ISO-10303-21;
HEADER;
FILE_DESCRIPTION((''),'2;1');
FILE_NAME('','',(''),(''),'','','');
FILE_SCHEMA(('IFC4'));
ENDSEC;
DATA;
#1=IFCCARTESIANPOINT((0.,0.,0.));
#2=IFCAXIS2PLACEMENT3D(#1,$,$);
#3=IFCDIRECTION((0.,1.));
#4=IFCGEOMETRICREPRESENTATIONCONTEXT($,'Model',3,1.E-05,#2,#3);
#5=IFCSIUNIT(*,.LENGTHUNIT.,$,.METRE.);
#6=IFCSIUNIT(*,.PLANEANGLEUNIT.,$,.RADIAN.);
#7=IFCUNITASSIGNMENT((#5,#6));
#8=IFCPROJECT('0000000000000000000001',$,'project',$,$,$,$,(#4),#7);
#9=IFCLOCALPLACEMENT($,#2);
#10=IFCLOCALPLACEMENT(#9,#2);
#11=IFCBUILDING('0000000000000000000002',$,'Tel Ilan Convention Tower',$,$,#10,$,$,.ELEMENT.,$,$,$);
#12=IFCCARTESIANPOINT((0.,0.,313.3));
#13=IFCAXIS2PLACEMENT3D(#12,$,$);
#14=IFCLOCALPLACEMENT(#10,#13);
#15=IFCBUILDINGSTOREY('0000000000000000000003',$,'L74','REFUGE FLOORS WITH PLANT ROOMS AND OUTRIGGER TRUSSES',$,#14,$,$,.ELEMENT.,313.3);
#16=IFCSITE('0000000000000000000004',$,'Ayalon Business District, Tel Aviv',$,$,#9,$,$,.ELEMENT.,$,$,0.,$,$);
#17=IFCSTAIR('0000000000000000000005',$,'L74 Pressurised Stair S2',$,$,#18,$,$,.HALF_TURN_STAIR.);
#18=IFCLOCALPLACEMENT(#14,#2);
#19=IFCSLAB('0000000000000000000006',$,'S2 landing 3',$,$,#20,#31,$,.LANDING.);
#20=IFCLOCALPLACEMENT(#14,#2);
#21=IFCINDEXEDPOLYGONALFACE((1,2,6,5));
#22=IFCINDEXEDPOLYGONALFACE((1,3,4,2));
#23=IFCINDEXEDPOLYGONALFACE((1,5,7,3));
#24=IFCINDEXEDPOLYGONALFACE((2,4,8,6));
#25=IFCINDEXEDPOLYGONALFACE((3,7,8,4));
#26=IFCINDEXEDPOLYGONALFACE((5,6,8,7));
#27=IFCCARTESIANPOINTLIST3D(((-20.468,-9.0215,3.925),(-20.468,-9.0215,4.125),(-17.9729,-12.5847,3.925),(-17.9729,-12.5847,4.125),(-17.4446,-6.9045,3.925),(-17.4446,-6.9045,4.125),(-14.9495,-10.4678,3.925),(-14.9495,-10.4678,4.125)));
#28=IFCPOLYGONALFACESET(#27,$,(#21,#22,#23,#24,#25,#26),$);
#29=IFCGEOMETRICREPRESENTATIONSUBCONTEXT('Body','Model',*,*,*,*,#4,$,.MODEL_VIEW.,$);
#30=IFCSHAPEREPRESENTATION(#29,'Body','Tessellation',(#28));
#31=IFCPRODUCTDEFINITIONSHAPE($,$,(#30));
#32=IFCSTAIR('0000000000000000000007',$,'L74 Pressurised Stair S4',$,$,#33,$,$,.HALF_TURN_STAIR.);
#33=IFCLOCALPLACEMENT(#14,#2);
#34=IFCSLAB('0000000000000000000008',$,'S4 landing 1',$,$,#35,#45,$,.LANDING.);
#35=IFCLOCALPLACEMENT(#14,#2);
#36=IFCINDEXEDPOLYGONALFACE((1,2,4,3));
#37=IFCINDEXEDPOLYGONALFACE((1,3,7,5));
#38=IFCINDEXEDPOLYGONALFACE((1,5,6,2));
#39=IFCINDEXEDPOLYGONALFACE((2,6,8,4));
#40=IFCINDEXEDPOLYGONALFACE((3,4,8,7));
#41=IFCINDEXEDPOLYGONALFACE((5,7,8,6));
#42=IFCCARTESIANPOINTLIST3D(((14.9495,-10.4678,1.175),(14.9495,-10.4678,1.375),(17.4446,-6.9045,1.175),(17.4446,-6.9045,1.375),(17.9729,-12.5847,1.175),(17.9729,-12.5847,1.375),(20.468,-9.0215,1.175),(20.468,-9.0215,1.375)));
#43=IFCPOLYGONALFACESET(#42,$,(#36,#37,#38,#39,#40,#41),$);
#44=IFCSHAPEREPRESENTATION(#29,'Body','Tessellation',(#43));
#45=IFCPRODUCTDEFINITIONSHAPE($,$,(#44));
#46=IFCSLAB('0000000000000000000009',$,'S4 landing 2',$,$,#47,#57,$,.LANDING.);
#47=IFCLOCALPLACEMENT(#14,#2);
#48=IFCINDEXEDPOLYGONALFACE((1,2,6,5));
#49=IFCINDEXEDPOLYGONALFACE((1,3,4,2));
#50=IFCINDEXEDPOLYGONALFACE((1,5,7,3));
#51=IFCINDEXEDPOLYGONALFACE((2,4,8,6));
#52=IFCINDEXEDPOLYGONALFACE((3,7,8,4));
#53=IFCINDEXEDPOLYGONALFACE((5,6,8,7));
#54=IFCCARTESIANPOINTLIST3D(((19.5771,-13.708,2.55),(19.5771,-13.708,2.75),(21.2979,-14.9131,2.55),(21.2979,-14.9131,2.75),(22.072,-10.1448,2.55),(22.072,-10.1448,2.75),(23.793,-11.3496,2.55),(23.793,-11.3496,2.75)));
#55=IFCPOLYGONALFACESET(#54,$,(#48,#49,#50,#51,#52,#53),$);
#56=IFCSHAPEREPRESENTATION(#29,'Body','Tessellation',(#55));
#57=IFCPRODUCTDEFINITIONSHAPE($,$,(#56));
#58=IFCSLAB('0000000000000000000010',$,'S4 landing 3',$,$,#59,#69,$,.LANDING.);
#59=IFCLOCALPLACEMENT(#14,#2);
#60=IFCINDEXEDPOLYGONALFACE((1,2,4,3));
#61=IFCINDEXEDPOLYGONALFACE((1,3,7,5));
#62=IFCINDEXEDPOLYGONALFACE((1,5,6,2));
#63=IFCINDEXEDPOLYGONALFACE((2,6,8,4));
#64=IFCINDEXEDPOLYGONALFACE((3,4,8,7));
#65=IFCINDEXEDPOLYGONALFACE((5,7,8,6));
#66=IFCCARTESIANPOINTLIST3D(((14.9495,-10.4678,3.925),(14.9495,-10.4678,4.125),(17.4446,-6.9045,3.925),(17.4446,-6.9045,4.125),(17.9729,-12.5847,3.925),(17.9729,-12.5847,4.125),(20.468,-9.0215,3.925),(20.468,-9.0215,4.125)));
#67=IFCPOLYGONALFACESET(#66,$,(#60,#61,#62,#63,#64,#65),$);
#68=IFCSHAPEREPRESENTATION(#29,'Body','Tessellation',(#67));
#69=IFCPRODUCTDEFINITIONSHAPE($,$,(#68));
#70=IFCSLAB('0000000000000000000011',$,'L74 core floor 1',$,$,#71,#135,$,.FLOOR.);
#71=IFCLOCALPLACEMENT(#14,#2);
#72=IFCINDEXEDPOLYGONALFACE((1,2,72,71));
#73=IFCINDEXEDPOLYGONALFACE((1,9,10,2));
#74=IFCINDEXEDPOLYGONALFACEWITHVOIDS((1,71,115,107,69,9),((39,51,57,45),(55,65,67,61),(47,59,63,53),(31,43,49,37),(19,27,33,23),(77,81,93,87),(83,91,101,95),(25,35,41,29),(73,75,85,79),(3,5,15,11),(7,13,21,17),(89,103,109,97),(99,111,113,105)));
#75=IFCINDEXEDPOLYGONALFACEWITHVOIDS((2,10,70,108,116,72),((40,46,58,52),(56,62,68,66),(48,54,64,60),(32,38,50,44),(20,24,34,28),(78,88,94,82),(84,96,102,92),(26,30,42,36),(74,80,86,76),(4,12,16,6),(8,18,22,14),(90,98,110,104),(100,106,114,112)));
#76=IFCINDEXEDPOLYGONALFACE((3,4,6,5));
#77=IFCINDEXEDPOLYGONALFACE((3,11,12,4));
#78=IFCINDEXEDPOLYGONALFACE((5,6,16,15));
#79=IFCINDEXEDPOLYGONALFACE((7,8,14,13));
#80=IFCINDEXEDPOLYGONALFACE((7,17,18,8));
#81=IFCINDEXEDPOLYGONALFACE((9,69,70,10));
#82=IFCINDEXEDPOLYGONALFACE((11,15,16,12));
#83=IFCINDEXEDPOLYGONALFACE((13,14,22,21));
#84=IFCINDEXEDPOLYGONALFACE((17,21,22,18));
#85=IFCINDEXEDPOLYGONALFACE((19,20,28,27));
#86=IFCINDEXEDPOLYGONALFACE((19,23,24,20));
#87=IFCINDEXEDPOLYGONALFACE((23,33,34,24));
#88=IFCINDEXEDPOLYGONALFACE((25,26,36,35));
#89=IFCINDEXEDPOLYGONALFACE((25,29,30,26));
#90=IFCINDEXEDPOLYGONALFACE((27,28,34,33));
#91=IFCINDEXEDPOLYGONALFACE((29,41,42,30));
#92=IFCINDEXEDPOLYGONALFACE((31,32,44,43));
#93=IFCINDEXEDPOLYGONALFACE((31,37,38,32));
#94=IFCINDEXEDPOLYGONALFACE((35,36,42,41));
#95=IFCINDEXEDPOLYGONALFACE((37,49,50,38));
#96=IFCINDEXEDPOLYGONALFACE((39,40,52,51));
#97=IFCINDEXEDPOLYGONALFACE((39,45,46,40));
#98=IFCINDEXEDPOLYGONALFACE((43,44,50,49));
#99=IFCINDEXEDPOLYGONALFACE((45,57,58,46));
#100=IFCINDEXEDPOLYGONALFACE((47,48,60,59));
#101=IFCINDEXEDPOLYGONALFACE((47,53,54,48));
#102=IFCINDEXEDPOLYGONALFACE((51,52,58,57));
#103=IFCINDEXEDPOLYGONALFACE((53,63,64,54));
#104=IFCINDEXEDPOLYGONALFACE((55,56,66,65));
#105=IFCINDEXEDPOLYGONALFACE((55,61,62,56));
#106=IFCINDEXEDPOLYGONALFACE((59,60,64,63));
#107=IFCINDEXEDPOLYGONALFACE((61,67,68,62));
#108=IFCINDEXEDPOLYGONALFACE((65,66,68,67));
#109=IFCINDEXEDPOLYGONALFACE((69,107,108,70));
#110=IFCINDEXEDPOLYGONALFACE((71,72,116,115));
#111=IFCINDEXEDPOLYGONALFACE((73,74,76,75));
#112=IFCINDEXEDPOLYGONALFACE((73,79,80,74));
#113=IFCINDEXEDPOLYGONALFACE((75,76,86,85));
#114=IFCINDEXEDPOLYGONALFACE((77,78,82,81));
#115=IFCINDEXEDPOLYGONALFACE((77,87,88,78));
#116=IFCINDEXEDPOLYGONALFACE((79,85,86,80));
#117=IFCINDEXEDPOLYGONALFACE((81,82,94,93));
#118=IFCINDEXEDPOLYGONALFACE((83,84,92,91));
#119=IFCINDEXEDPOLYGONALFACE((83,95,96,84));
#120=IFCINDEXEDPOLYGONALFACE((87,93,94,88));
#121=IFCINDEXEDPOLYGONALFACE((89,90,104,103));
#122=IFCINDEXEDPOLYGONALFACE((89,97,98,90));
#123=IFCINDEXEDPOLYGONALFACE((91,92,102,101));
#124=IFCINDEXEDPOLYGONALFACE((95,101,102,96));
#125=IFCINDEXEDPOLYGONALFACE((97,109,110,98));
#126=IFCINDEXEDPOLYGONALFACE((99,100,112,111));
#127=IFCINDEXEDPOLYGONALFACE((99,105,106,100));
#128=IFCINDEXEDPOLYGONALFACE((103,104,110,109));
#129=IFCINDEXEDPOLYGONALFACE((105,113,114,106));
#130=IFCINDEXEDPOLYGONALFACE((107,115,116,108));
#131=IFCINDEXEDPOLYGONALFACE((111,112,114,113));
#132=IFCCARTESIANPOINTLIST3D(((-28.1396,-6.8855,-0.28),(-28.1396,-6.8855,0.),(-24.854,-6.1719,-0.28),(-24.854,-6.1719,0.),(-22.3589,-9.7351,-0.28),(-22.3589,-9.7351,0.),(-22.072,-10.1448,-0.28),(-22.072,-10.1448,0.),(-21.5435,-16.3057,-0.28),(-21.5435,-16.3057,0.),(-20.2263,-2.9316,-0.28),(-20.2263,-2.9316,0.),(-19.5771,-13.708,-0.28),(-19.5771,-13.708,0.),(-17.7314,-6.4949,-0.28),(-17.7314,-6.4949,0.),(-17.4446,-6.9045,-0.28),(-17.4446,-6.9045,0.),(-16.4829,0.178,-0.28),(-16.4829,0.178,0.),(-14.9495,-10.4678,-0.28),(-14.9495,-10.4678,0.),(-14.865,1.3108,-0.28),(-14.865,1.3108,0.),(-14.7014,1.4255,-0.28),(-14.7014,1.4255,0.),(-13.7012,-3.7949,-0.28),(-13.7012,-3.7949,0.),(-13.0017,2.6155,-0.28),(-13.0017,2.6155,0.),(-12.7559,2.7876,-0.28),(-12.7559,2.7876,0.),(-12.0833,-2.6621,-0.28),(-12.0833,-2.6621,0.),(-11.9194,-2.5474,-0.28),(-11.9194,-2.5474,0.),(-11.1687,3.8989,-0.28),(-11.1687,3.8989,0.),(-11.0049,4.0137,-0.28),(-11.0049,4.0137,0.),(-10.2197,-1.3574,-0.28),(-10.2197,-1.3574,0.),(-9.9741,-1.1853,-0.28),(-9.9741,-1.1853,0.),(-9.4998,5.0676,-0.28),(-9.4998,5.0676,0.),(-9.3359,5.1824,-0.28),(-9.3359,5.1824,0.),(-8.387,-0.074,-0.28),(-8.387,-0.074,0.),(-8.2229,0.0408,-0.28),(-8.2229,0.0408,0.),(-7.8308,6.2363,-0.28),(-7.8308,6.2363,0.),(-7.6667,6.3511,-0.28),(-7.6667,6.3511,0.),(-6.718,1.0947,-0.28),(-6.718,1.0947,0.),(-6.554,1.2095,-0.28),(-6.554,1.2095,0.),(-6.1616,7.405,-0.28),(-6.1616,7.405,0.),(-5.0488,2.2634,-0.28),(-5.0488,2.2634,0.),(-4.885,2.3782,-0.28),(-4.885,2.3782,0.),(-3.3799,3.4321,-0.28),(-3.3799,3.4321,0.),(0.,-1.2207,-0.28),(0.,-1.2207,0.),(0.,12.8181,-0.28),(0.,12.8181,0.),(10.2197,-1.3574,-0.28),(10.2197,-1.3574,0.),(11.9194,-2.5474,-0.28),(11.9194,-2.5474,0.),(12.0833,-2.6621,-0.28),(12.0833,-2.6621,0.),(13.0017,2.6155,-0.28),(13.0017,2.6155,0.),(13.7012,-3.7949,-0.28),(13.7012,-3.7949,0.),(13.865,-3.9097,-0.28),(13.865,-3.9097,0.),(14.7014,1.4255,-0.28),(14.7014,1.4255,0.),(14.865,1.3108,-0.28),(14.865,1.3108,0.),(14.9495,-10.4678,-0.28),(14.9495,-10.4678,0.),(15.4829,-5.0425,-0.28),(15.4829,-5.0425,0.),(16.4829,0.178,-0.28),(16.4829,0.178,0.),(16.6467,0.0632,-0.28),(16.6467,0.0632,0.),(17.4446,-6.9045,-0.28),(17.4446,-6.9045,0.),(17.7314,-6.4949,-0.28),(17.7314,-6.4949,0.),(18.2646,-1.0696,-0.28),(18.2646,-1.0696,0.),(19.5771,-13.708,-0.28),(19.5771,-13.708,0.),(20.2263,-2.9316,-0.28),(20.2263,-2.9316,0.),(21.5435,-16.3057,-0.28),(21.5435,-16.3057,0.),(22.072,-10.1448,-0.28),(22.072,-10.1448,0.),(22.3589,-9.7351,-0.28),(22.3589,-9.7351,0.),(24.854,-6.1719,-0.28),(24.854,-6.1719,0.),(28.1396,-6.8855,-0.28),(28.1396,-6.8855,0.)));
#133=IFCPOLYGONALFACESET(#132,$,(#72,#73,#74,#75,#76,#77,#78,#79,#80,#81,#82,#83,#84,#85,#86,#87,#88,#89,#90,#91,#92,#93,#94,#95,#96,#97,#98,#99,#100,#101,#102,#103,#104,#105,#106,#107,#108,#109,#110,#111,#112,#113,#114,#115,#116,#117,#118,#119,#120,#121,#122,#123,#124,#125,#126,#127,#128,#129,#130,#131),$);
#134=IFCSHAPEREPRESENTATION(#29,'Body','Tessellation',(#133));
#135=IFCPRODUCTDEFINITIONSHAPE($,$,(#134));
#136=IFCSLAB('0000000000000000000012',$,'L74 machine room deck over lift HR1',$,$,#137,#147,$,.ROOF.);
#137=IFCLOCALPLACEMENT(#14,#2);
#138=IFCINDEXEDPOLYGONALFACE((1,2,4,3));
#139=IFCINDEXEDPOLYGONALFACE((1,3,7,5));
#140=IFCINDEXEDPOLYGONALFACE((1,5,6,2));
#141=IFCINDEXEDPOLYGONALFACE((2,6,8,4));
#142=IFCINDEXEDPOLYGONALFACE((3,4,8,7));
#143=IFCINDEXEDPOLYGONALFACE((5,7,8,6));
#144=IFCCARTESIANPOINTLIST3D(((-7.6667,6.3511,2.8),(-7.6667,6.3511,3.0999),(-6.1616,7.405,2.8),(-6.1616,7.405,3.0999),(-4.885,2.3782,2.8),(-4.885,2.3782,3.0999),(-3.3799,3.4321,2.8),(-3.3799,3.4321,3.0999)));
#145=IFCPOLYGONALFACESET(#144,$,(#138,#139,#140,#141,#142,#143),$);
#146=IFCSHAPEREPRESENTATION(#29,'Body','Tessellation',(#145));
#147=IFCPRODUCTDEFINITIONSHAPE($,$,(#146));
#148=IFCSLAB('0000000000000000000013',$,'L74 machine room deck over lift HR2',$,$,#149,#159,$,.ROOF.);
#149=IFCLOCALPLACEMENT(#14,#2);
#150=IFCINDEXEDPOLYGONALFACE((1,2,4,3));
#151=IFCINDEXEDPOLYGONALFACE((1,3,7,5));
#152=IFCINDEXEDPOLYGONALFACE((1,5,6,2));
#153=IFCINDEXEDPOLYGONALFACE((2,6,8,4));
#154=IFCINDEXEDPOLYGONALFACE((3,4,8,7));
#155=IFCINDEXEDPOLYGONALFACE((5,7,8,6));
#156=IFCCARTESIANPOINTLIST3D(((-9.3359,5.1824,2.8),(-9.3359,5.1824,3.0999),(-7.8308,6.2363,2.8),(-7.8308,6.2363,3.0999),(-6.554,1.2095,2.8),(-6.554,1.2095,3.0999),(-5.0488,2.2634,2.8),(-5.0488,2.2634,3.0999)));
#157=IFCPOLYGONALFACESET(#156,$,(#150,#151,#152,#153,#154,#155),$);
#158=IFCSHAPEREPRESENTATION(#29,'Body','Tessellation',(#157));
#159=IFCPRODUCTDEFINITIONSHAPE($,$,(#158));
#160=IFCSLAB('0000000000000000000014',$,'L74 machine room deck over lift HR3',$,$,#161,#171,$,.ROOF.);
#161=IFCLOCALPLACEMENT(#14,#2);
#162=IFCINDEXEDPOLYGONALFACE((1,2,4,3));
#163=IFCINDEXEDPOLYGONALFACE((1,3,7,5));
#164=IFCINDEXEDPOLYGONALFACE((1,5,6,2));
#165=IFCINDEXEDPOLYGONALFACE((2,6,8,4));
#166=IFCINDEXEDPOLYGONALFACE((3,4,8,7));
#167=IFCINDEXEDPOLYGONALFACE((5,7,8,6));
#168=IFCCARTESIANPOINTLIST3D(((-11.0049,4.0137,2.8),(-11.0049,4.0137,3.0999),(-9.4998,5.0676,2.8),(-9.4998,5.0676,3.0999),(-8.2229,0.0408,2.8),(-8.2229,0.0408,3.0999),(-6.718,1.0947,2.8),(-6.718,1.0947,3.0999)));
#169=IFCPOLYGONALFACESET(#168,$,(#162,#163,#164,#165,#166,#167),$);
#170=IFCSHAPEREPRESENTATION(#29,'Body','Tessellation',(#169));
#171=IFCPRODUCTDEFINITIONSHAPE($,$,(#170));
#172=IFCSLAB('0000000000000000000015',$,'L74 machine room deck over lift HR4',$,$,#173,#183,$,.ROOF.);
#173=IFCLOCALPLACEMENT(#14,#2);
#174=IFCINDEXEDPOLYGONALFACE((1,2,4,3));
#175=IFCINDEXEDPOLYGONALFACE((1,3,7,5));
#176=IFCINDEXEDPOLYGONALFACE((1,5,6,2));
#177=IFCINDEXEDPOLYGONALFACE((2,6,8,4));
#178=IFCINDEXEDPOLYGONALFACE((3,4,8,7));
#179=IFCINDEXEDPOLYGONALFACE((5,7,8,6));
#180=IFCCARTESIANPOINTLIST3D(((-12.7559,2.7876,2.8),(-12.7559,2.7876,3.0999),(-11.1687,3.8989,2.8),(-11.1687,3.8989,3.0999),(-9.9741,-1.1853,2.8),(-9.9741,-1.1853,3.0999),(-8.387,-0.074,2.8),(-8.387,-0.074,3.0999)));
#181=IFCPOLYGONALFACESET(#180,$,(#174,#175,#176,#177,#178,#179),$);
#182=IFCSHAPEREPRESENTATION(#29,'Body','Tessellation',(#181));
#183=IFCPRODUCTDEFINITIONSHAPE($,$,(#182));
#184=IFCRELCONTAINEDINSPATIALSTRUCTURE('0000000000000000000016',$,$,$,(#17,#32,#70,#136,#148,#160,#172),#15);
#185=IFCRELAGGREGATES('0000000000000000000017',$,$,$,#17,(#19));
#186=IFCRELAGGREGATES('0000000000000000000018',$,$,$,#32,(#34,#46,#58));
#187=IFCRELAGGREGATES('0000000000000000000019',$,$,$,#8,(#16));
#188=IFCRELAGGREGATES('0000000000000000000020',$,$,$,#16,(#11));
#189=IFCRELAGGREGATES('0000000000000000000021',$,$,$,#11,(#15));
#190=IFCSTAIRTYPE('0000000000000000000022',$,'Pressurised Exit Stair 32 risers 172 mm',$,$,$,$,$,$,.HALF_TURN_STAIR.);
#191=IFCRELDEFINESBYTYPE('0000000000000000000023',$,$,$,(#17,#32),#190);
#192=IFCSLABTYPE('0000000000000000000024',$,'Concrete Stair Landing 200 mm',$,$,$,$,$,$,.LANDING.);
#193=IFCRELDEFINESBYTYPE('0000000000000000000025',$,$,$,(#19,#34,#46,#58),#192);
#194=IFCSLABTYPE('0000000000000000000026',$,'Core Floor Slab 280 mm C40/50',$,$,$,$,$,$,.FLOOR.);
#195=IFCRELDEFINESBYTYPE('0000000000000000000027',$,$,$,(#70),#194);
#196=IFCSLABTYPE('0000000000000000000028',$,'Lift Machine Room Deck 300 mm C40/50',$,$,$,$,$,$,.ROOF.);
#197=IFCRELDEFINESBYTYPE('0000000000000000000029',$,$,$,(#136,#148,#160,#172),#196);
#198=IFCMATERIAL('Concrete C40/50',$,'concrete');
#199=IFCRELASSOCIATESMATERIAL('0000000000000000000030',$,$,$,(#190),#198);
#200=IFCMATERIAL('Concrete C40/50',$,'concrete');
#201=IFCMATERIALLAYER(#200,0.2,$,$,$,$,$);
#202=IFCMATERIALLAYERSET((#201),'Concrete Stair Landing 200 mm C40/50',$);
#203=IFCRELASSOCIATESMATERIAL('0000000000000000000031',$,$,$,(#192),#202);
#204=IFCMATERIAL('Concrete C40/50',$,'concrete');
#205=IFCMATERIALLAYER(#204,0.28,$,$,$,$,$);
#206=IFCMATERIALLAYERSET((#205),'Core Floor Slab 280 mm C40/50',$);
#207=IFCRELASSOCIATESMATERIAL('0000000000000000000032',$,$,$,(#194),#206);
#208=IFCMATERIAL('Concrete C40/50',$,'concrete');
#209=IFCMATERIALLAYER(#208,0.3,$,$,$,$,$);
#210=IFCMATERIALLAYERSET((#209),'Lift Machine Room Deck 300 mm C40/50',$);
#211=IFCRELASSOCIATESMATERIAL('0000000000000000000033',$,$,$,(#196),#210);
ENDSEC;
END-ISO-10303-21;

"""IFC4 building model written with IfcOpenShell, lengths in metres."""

from ifc_helpers import new_model, si_unit, direction, frame, origin, place, context, subcontext, project, spatial, polyline, outline, extrude, material, layer, layer_set, type_object, element, aggregate, save


model = new_model("IFC4")

# Units and contexts
model_context = context("Model", 3, precision=1e-05, world=origin(), true_north=direction((0.0, 1.0)))
body_context = subcontext(model_context, "Body", "Model", "MODEL_VIEW")
ifc_project = project(units=[si_unit("LENGTHUNIT", "METRE"), si_unit("PLANEANGLEUNIT", "RADIAN")], contexts=[model_context])

# Site, building, storey
site_placement = place(None, origin())
site = spatial("IfcSite", under=ifc_project, at=site_placement, Name="Ayalon Business District, Tel Aviv", CompositionType="ELEMENT", RefElevation=0.0)
building_placement = place(site_placement, origin())
building = spatial("IfcBuilding", under=site, at=building_placement, Name="Tel Ilan Convention Tower", CompositionType="ELEMENT")
storey_placement = place(building_placement, frame((0.0, 0.0, 313.3)))
storey = spatial("IfcBuildingStorey", under=building, at=storey_placement, Name="L74", Description="REFUGE FLOORS WITH PLANT ROOMS AND OUTRIGGER TRUSSES", CompositionType="ELEMENT", Elevation=313.3)

# Stair, slab
ifc_material_1 = material(Name="Concrete C40/50", Category="concrete")
stair_type = type_object("IfcStairType", Name="Pressurised Exit Stair 32 risers 172 mm", PredefinedType="HALF_TURN_STAIR", material=ifc_material_1)
stair_1_placement = place(storey_placement, origin())
stair_1 = element("IfcStair", 1, at=stair_1_placement, inside=storey, type_object=stair_type, Name="L74 Pressurised Stair S2", PredefinedType="HALF_TURN_STAIR")
ifc_material_2 = material(Name="Concrete C40/50", Category="concrete")
ifc_layer_1 = layer(ifc_material_2, 0.2)
ifc_layer_set_1 = layer_set([ifc_layer_1], Name="Concrete Stair Landing 200 mm C40/50")
slab_type_1 = type_object("IfcSlabType", Name="Concrete Stair Landing 200 mm", PredefinedType="LANDING", material=ifc_layer_set_1)
slab_1_placement = place(storey_placement, frame((0.0, 0.0, 3.925)))
slab_1 = element("IfcSlab", 2, at=slab_1_placement, type_object=slab_type_1, Name="S2 landing 3", PredefinedType="LANDING", context=body_context, shape_type="SweptSolid", body=[
    extrude(outline(polyline([(-17.9729, -12.5847), (-14.9495, -10.4678), (-17.4446, -6.9045), (-20.468, -9.0215), (-17.9729, -12.5847)])), origin(), (0.0, 0.0, 1.0), 0.2),
])
aggregate(stair_1, [slab_1])

# Stair, slabs
stair_2_placement = place(storey_placement, origin())
stair_2 = element("IfcStair", 3, at=stair_2_placement, inside=storey, type_object=stair_type, Name="L74 Pressurised Stair S4", PredefinedType="HALF_TURN_STAIR")
slab_2_placement = place(storey_placement, frame((0.0, 0.0, 1.175)))
slab_2 = element("IfcSlab", 4, at=slab_2_placement, type_object=slab_type_1, Name="S4 landing 1", PredefinedType="LANDING", context=body_context, shape_type="SweptSolid", body=[
    extrude(outline(polyline([(20.468, -9.0215), (17.4446, -6.9045), (14.9495, -10.4678), (17.9729, -12.5847), (20.468, -9.0215)])), origin(), (0.0, 0.0, 1.0), 0.2),
])
slab_3_placement = place(storey_placement, frame((0.0, 0.0, 2.55)))
slab_3 = element("IfcSlab", 5, at=slab_3_placement, type_object=slab_type_1, Name="S4 landing 2", PredefinedType="LANDING", context=body_context, shape_type="SweptSolid", body=[
    extrude(outline(polyline([(23.793, -11.3496), (22.072, -10.1448), (19.5771, -13.708), (21.2979, -14.9131), (23.793, -11.3496)])), origin(), (0.0, 0.0, 1.0), 0.2),
])
slab_4_placement = place(storey_placement, frame((0.0, 0.0, 3.925)))
slab_4 = element("IfcSlab", 6, at=slab_4_placement, type_object=slab_type_1, Name="S4 landing 3", PredefinedType="LANDING", context=body_context, shape_type="SweptSolid", body=[
    extrude(outline(polyline([(20.468, -9.0215), (17.4446, -6.9045), (14.9495, -10.4678), (17.9729, -12.5847), (20.468, -9.0215)])), origin(), (0.0, 0.0, 1.0), 0.2),
])
aggregate(stair_2, [slab_2, slab_3, slab_4])

# Slabs
ifc_material_3 = material(Name="Concrete C40/50", Category="concrete")
ifc_layer_2 = layer(ifc_material_3, 0.28)
ifc_layer_set_2 = layer_set([ifc_layer_2], Name="Core Floor Slab 280 mm C40/50")
slab_type_2 = type_object("IfcSlabType", Name="Core Floor Slab 280 mm C40/50", PredefinedType="FLOOR", material=ifc_layer_set_2)
slab_5_placement = place(storey_placement, frame((0.0, 0.0, -0.28)))
element("IfcSlab", 7, at=slab_5_placement, inside=storey, type_object=slab_type_2, Name="L74 core floor 1", PredefinedType="FLOOR", context=body_context, shape_type="SweptSolid", body=[
    extrude(outline(polyline([(28.1396, -6.8855), (21.5435, -16.3057), (0.0, -1.2207), (-21.5435, -16.3057), (-28.1396, -6.8855), (0.0, 12.8181), (28.1396, -6.8855)]), holes=[polyline([(-17.4446, -6.9045), (-22.072, -10.1448), (-19.5771, -13.708), (-14.9495, -10.4678), (-17.4446, -6.9045)]), polyline([(-17.7314, -6.4949), (-20.2263, -2.9316), (-24.854, -6.1719), (-22.3589, -9.7351), (-17.7314, -6.4949)]), polyline([(-14.865, 1.3108), (-16.4829, 0.178), (-13.7012, -3.7949), (-12.0833, -2.6621), (-14.865, 1.3108)]), polyline([(-14.7014, 1.4255), (-11.9194, -2.5474), (-10.2197, -1.3574), (-13.0017, 2.6155), (-14.7014, 1.4255)]), polyline([(-11.1687, 3.8989), (-12.7559, 2.7876), (-9.9741, -1.1853), (-8.387, -0.074), (-11.1687, 3.8989)]), polyline([(-9.4998, 5.0676), (-11.0049, 4.0137), (-8.2229, 0.0408), (-6.718, 1.0947), (-9.4998, 5.0676)]), polyline([(-9.3359, 5.1824), (-6.554, 1.2095), (-5.0488, 2.2634), (-7.8308, 6.2363), (-9.3359, 5.1824)]), polyline([(17.4446, -6.9045), (14.9495, -10.4678), (19.5771, -13.708), (22.072, -10.1448), (17.4446, -6.9045)]), polyline([(20.2263, -2.9316), (17.7314, -6.4949), (22.3589, -9.7351), (24.854, -6.1719), (20.2263, -2.9316)]), polyline([(15.4829, -5.0425), (18.2646, -1.0696), (16.6467, 0.0632), (13.865, -3.9097), (15.4829, -5.0425)]), polyline([(13.7012, -3.7949), (16.4829, 0.178), (14.865, 1.3108), (12.0833, -2.6621), (13.7012, -3.7949)]), polyline([(11.9194, -2.5474), (14.7014, 1.4255), (13.0017, 2.6155), (10.2197, -1.3574), (11.9194, -2.5474)]), polyline([(-6.1616, 7.405), (-7.6667, 6.3511), (-4.885, 2.3782), (-3.3799, 3.4321), (-6.1616, 7.405)])]), origin(), (0.0, 0.0, 1.0), 0.28),
])
ifc_material_4 = material(Name="Concrete C40/50", Category="concrete")
ifc_layer_3 = layer(ifc_material_4, 0.3)
ifc_layer_set_3 = layer_set([ifc_layer_3], Name="Lift Machine Room Deck 300 mm C40/50")
slab_type_3 = type_object("IfcSlabType", Name="Lift Machine Room Deck 300 mm C40/50", PredefinedType="ROOF", material=ifc_layer_set_3)
slab_6_placement = place(storey_placement, frame((0.0, 0.0, 2.8)))
element("IfcSlab", 8, at=slab_6_placement, inside=storey, type_object=slab_type_3, Name="L74 machine room deck over lift HR1", PredefinedType="ROOF", context=body_context, shape_type="SweptSolid", body=[
    extrude(outline(polyline([(-3.3799, 3.4321), (-4.885, 2.3782), (-7.6667, 6.3511), (-6.1616, 7.405), (-3.3799, 3.4321)])), origin(), (0.0, 0.0, 1.0), 0.2998),
])
slab_7_placement = place(storey_placement, frame((0.0, 0.0, 2.8)))
element("IfcSlab", 9, at=slab_7_placement, inside=storey, type_object=slab_type_3, Name="L74 machine room deck over lift HR2", PredefinedType="ROOF", context=body_context, shape_type="SweptSolid", body=[
    extrude(outline(polyline([(-5.0488, 2.2634), (-6.554, 1.2095), (-9.3359, 5.1824), (-7.8308, 6.2363), (-5.0488, 2.2634)])), origin(), (0.0, 0.0, 1.0), 0.2998),
])
slab_8_placement = place(storey_placement, frame((0.0, 0.0, 2.8)))
element("IfcSlab", 10, at=slab_8_placement, inside=storey, type_object=slab_type_3, Name="L74 machine room deck over lift HR3", PredefinedType="ROOF", context=body_context, shape_type="SweptSolid", body=[
    extrude(outline(polyline([(-6.718, 1.0947), (-8.2229, 0.0408), (-11.0049, 4.0137), (-9.4998, 5.0676), (-6.718, 1.0947)])), origin(), (0.0, 0.0, 1.0), 0.2998),
])
slab_9_placement = place(storey_placement, frame((0.0, 0.0, 2.8)))
element("IfcSlab", 11, at=slab_9_placement, inside=storey, type_object=slab_type_3, Name="L74 machine room deck over lift HR4", PredefinedType="ROOF", context=body_context, shape_type="SweptSolid", body=[
    extrude(outline(polyline([(-8.387, -0.074), (-9.9741, -1.1853), (-12.7559, 2.7876), (-11.1687, 3.8989), (-8.387, -0.074)])), origin(), (0.0, 0.0, 1.0), 0.2998),
])

save(model, "model.ifc")
